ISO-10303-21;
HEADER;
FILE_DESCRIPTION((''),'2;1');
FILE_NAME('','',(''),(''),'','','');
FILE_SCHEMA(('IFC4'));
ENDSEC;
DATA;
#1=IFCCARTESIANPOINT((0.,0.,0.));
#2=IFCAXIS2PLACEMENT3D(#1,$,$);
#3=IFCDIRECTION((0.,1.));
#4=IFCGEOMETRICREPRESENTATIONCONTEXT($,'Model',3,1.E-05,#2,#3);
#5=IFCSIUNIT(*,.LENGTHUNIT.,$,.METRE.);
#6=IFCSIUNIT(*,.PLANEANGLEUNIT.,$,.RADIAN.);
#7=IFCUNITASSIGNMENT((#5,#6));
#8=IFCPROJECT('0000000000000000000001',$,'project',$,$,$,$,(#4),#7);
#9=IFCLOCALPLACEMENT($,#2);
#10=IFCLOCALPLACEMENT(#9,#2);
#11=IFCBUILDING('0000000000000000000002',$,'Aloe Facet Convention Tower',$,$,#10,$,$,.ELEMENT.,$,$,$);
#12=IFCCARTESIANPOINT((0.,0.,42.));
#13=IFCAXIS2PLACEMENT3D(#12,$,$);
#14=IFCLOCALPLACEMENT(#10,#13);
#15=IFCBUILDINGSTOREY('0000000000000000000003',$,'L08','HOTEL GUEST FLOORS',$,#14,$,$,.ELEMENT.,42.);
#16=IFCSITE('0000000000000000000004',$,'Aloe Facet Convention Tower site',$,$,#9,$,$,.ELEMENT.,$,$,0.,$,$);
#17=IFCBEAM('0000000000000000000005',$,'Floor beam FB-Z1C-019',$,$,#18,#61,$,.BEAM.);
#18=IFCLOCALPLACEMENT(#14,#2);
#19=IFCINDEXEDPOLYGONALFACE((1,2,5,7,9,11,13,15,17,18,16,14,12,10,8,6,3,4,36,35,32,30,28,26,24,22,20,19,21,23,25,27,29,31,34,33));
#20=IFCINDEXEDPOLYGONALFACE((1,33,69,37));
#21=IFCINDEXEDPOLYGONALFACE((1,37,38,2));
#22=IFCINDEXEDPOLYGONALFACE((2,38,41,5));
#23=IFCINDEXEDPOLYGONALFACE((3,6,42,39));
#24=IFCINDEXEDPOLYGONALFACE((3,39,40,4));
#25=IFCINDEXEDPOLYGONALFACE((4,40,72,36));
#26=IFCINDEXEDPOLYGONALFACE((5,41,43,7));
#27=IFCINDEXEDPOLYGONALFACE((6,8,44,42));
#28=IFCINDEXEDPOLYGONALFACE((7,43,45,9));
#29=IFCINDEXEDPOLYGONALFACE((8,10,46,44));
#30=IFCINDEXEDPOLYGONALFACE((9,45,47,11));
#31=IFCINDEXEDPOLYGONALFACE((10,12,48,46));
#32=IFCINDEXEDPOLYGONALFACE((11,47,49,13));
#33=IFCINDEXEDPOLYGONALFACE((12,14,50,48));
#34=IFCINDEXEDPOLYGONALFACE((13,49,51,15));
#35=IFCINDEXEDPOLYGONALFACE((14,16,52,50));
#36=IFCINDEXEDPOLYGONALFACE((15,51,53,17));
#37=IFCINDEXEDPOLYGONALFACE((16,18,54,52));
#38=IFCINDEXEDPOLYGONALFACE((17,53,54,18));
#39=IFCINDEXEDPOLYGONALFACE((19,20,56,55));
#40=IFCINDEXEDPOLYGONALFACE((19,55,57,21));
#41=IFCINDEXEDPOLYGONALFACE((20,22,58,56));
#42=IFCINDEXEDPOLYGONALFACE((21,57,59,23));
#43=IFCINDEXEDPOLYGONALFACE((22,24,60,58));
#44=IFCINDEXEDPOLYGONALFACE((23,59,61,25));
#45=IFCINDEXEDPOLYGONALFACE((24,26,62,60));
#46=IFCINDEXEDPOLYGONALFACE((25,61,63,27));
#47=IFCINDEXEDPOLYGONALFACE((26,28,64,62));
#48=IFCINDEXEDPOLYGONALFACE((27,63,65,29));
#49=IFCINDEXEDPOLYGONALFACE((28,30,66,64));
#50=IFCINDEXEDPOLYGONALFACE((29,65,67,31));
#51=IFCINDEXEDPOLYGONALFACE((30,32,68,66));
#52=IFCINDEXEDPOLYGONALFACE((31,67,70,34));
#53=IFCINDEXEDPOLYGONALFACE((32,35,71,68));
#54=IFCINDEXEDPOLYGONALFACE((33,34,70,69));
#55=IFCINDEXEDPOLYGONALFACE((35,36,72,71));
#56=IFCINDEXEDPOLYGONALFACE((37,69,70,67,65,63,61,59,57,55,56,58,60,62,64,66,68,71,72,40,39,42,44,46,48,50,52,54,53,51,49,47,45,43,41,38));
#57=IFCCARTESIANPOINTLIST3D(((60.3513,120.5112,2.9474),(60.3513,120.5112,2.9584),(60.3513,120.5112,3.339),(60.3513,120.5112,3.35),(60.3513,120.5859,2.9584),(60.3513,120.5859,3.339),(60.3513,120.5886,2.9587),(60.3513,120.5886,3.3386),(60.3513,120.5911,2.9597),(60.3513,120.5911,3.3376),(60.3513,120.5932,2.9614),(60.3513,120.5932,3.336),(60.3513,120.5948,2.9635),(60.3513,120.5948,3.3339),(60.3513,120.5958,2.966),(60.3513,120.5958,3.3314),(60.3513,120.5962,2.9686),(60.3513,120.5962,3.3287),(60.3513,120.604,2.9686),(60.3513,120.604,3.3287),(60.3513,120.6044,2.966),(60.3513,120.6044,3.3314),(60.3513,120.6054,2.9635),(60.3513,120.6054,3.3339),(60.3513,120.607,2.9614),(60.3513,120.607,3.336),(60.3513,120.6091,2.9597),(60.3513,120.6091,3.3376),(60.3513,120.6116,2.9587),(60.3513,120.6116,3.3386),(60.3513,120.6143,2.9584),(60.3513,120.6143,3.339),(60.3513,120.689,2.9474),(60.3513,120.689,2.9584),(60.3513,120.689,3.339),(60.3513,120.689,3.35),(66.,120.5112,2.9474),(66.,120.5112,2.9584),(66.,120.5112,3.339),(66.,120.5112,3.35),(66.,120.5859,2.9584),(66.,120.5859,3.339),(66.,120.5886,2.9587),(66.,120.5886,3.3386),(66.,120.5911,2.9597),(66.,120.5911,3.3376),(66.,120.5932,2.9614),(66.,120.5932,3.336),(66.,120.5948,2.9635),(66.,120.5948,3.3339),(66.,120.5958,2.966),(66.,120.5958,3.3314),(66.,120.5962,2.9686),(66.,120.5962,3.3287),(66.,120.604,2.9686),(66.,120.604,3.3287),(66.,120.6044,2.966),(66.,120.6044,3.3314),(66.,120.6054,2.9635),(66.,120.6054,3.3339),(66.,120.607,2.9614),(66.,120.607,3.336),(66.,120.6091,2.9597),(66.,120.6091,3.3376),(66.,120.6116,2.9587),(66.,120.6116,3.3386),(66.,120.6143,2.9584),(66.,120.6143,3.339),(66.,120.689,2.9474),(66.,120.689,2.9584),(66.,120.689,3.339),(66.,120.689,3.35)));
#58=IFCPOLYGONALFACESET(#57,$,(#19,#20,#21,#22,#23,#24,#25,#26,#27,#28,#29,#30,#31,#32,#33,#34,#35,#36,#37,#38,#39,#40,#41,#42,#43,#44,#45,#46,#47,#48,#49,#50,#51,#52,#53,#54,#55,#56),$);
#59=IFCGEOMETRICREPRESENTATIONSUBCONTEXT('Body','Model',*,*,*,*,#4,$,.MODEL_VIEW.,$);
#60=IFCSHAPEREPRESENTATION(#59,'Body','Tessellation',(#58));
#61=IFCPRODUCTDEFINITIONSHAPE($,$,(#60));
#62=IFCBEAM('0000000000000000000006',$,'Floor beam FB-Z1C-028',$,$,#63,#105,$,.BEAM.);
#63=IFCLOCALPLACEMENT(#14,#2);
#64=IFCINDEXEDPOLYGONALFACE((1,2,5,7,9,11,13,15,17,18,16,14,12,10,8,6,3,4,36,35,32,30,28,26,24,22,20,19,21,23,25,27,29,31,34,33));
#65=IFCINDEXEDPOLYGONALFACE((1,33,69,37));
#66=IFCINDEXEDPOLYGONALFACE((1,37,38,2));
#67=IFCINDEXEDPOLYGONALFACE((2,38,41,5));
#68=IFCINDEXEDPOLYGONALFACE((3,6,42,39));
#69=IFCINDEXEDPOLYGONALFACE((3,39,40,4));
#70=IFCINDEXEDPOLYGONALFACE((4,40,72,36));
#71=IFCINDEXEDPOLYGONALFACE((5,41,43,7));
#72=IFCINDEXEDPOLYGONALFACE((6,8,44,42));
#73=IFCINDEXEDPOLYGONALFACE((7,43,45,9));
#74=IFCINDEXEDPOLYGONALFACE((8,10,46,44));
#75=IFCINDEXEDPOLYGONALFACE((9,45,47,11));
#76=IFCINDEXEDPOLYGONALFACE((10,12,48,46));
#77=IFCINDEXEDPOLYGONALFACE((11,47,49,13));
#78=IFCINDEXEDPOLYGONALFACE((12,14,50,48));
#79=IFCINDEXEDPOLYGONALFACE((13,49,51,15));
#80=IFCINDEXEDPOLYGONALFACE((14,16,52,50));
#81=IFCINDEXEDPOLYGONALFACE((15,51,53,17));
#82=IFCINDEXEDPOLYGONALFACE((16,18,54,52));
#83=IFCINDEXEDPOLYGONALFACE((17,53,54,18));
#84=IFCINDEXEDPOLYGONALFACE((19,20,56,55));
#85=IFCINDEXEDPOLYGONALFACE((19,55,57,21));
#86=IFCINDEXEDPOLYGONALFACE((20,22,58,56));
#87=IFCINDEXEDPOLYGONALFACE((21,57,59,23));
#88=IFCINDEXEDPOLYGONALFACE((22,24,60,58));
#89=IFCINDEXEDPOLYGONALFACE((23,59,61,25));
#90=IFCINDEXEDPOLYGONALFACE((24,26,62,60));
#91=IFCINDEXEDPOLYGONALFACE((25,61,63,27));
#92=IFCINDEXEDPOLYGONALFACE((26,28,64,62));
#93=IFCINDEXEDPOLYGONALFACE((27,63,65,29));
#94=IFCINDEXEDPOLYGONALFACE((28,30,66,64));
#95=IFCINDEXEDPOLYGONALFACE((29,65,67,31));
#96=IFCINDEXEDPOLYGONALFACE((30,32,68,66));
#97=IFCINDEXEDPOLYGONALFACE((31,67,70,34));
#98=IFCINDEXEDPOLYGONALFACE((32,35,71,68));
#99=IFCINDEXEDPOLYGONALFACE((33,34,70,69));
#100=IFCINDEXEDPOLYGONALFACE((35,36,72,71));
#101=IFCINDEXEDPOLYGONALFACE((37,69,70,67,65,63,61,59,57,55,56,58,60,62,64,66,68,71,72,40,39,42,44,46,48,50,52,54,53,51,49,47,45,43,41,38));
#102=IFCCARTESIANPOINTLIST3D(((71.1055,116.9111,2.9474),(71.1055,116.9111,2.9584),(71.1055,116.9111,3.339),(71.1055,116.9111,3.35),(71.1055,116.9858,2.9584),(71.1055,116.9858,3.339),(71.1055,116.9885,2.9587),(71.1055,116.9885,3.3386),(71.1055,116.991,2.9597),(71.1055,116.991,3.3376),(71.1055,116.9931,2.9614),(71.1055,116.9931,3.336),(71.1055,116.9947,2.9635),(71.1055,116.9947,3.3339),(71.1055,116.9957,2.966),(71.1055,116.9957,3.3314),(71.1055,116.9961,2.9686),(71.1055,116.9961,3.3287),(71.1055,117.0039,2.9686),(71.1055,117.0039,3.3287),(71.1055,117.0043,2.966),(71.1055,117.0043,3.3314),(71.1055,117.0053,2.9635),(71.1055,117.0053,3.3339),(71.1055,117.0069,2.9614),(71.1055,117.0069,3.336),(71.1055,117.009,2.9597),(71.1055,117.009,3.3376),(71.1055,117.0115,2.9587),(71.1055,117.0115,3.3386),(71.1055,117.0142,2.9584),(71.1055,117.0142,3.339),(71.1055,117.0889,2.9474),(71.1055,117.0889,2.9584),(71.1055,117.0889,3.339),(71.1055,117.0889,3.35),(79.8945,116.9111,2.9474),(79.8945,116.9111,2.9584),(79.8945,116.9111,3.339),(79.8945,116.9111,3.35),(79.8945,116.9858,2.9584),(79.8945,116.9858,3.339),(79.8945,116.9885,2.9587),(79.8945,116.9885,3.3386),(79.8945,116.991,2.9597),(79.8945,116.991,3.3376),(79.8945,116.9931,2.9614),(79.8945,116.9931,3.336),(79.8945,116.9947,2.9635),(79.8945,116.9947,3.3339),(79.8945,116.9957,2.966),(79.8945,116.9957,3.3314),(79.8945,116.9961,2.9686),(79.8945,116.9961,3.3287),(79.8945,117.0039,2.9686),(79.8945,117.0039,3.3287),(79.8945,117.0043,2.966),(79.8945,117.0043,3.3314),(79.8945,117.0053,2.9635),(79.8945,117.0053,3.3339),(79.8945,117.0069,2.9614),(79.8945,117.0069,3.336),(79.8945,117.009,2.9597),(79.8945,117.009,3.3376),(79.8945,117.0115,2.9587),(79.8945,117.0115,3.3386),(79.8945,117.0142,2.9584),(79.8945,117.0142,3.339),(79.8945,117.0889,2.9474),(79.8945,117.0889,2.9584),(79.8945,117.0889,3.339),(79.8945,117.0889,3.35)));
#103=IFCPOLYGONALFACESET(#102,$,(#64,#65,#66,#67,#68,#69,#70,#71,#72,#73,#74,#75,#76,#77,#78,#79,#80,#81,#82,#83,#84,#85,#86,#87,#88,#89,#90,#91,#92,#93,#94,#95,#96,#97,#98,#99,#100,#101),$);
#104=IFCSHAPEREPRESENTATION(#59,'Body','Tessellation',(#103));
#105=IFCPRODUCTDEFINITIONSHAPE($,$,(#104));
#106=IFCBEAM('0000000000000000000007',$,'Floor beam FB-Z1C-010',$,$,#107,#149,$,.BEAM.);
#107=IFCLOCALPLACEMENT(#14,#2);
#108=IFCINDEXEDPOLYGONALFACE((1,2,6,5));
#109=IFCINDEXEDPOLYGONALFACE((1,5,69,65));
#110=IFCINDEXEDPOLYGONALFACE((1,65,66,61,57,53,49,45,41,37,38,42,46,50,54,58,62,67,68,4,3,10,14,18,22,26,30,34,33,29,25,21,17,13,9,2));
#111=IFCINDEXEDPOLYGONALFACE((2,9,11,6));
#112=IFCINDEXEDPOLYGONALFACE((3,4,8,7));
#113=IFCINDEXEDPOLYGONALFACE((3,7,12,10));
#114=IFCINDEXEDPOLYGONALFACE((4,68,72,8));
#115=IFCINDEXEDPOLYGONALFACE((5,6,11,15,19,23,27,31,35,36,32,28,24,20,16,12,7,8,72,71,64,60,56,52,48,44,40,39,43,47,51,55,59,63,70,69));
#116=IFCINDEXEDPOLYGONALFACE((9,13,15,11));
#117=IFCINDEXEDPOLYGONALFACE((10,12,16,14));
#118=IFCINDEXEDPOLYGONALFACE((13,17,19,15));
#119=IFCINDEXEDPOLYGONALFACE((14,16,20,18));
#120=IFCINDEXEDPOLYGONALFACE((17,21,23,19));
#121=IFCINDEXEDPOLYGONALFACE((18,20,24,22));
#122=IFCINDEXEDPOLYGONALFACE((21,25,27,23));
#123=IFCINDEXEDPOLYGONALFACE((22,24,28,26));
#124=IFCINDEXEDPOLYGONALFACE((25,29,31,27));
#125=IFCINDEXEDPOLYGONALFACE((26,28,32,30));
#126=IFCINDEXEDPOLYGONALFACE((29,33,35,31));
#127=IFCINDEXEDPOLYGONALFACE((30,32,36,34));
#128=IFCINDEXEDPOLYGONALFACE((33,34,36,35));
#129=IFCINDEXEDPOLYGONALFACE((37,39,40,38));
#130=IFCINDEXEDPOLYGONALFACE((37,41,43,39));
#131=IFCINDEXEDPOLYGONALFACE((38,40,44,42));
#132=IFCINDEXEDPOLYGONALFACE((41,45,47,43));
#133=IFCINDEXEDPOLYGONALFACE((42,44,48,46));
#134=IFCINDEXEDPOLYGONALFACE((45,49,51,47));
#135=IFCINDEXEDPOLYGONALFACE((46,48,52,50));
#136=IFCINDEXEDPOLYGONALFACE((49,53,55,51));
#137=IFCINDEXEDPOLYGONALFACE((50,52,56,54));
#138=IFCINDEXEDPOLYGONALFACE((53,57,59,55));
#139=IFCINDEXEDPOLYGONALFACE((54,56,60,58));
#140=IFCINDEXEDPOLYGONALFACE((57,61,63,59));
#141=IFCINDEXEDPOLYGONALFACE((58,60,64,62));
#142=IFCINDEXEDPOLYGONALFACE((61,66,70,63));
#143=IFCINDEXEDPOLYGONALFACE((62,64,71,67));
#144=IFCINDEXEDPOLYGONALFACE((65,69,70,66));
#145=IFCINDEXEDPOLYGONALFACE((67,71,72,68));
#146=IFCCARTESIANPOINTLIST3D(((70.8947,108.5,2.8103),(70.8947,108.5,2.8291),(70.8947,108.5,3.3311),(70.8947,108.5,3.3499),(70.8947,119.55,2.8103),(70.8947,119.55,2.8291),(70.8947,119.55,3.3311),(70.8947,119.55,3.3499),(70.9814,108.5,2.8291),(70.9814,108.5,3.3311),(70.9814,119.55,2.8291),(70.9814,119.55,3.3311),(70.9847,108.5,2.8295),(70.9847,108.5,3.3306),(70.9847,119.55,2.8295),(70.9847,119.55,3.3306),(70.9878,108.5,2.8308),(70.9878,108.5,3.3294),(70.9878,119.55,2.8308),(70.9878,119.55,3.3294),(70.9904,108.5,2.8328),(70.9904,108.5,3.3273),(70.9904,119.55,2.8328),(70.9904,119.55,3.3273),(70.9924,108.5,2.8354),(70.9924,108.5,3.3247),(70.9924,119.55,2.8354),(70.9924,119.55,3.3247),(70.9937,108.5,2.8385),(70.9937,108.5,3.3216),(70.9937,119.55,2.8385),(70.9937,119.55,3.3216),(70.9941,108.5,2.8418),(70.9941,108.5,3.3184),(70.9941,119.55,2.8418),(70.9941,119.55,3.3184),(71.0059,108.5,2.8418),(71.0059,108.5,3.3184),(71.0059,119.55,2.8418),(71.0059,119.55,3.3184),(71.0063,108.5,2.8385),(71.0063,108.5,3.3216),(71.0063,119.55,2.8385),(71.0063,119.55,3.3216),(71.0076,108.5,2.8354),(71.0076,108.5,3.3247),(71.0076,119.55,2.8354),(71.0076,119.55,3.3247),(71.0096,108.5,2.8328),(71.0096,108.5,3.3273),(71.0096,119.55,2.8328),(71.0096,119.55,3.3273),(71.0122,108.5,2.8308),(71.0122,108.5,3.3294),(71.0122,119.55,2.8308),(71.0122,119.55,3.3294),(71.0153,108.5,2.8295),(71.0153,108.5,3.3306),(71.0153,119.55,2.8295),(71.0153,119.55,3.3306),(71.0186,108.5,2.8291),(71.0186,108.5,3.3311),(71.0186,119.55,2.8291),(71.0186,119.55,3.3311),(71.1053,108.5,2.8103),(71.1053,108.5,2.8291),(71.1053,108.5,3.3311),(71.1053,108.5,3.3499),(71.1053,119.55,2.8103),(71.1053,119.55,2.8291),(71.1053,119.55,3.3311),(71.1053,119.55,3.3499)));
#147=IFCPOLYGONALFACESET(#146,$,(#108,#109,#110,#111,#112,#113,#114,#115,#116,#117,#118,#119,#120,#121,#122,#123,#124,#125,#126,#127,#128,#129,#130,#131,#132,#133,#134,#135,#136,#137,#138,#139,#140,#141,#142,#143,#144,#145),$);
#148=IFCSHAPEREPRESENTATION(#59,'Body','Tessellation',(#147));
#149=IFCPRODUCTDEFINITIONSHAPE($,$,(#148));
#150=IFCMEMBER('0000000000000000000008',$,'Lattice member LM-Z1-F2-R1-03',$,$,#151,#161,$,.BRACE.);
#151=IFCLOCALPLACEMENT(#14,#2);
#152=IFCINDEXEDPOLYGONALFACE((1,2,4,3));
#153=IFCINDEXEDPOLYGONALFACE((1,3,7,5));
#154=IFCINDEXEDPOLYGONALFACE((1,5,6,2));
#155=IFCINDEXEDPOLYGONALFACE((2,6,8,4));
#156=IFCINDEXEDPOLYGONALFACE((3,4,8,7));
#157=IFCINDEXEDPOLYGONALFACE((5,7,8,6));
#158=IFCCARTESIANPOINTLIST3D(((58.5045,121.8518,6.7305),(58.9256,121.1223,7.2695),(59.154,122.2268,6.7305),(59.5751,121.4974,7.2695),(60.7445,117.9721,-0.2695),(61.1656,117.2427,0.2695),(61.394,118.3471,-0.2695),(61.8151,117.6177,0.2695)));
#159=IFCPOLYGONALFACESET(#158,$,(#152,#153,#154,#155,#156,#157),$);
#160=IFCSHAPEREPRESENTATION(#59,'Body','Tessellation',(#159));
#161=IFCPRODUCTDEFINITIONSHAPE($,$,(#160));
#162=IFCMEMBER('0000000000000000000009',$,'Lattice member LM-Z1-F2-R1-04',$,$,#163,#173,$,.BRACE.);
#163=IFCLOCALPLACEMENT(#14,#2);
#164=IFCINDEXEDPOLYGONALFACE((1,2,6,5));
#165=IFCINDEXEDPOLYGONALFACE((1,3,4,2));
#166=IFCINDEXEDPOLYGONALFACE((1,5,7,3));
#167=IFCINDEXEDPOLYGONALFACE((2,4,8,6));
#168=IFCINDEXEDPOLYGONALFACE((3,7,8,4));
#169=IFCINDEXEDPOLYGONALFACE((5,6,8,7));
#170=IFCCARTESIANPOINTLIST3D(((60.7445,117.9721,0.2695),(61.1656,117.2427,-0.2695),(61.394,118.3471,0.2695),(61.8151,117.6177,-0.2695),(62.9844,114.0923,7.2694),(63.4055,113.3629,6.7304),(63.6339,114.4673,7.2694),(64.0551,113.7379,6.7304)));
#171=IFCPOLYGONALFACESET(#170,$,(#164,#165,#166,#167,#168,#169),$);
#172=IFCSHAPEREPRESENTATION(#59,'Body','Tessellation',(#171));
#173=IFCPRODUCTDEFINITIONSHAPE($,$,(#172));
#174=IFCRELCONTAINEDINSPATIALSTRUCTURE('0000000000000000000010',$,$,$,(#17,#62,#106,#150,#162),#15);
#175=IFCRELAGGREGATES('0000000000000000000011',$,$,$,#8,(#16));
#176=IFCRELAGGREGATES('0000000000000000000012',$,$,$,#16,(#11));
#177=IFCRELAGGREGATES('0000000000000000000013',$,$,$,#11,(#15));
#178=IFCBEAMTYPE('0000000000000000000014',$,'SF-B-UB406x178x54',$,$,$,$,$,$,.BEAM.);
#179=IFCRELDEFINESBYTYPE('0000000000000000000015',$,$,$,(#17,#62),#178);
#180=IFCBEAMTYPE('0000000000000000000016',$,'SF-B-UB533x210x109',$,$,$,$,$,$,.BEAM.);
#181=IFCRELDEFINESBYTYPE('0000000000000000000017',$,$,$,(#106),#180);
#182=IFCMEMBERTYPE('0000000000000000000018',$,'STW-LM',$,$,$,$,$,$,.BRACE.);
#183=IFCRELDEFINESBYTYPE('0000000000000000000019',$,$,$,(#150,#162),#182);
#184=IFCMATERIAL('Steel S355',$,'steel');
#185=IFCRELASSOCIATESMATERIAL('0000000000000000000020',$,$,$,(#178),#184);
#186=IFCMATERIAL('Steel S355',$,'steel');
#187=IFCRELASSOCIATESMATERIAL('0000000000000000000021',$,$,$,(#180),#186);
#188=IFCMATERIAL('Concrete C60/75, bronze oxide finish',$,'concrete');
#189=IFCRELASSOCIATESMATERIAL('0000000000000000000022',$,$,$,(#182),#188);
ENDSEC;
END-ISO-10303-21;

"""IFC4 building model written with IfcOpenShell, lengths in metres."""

from ifc_helpers import new_model, si_unit, direction, frame, origin, origin_2d, place, context, subcontext, project, spatial, rectangle, i_section, extrude, material, material_profile, profile_set, type_object, element, save


model = new_model("IFC4")

# Units and contexts
model_context = context("Model", 3, precision=1e-05, world=origin(), true_north=direction((0.0, 1.0)))
body_context = subcontext(model_context, "Body", "Model", "MODEL_VIEW")
ifc_project = project(units=[si_unit("LENGTHUNIT", "METRE"), si_unit("PLANEANGLEUNIT", "RADIAN")], contexts=[model_context])

# Site, building, storey
site_placement = place(None, origin())
site = spatial("IfcSite", under=ifc_project, at=site_placement, Name="Aloe Facet Convention Tower site", CompositionType="ELEMENT", RefElevation=0.0)
building_placement = place(site_placement, origin())
building = spatial("IfcBuilding", under=site, at=building_placement, Name="Aloe Facet Convention Tower", CompositionType="ELEMENT")
storey_placement = place(building_placement, frame((0.0, 0.0, 42.0)))
storey = spatial("IfcBuildingStorey", under=building, at=storey_placement, Name="L08", Description="HOTEL GUEST FLOORS", CompositionType="ELEMENT", Elevation=42.0)

# Beams
ifc_material_1 = material(Name="Steel S355", Category="steel")
ifc_material_profile_1 = material_profile(ifc_material_1, i_section(OverallWidth=0.1777, OverallDepth=0.4026, WebThickness=0.0078, FlangeThickness=0.011, FilletRadius=0.0103, at=origin_2d()), Name="UB 406x178x54")
ifc_profile_set_1 = profile_set([ifc_material_profile_1], Name="Steel S355")
beam_type_1 = type_object("IfcBeamType", Name="SF-B-UB406x178x54", PredefinedType="BEAM", material=ifc_profile_set_1)
beam_1_placement = place(storey_placement, frame((60.3513, 120.6001, 3.1487), z_axis=(1.0, 0.0, 0.0), x_axis=(0.0, 1.0, 0.0)))
element("IfcBeam", 1, at=beam_1_placement, inside=storey, type_object=beam_type_1, Name="Floor beam FB-Z1C-019", PredefinedType="BEAM", context=body_context, shape_type="SweptSolid", body=[
    extrude(i_section(OverallWidth=0.1777, OverallDepth=0.4026, WebThickness=0.0078, FlangeThickness=0.011, FilletRadius=0.0103, at=origin_2d()), origin(), (0.0, 0.0, 1.0), 5.6487),
])
beam_2_placement = place(storey_placement, frame((71.1055, 117.0, 3.1487), z_axis=(1.0, 0.0, 0.0), x_axis=(0.0, 1.0, 0.0)))
element("IfcBeam", 2, at=beam_2_placement, inside=storey, type_object=beam_type_1, Name="Floor beam FB-Z1C-028", PredefinedType="BEAM", context=body_context, shape_type="SweptSolid", body=[
    extrude(i_section(OverallWidth=0.1777, OverallDepth=0.4026, WebThickness=0.0078, FlangeThickness=0.011, FilletRadius=0.0103, at=origin_2d()), origin(), (0.0, 0.0, 1.0), 8.7891),
])
ifc_material_2 = material(Name="Steel S355", Category="steel")
ifc_material_profile_2 = material_profile(ifc_material_2, i_section(OverallWidth=0.2107, OverallDepth=0.5396, WebThickness=0.0117, FlangeThickness=0.0188, FilletRadius=0.0127, at=origin_2d()), Name="UB 533x210x109")
ifc_profile_set_2 = profile_set([ifc_material_profile_2], Name="Steel S355")
beam_type_2 = type_object("IfcBeamType", Name="SF-B-UB533x210x109", PredefinedType="BEAM", material=ifc_profile_set_2)
beam_3_placement = place(storey_placement, frame((71.0, 119.55, 3.0801), z_axis=(0.0, -1.0, 0.0), x_axis=(1.0, 0.0, 0.0)))
element("IfcBeam", 3, at=beam_3_placement, inside=storey, type_object=beam_type_2, Name="Floor beam FB-Z1C-010", PredefinedType="BEAM", context=body_context, shape_type="SweptSolid", body=[
    extrude(i_section(OverallWidth=0.2107, OverallDepth=0.5396, WebThickness=0.0117, FlangeThickness=0.0188, FilletRadius=0.0127, at=origin_2d()), origin(), (0.0, 0.0, 1.0), 11.05),
])

# Members
ifc_material_3 = material(Name="Concrete C60/75, bronze oxide finish", Category="concrete")
ifc_material_profile_3 = material_profile(ifc_material_3, rectangle(XDim=0.75, YDim=1.0, at=origin_2d()), Name="STW-LM")
ifc_profile_set_3 = profile_set([ifc_material_profile_3], Name="Concrete C60/75, bronze oxide finish")
member_type = type_object("IfcMemberType", Name="STW-LM", PredefinedType="BRACE", material=ifc_profile_set_3)
for number, where, z_axis, x_axis, name in (
    (4, (61.2798, 117.7949, 0.0), (-0.269528, 0.46682, 0.842279), (-0.866018, -0.500013, 0.0), "Lattice member LM-Z1-F2-R1-03"),
    (5, (61.2798, 117.7949, 0.0), (0.269524, -0.466843, 0.842267), (0.866031, 0.49999, 0.0), "Lattice member LM-Z1-F2-R1-04"),
):
    element("IfcMember", number, at=place(storey_placement, frame(where, z_axis=z_axis, x_axis=x_axis)), inside=storey, type_object=member_type, Name=name, PredefinedType="BRACE", context=body_context, shape_type="SweptSolid", body=[
        extrude(rectangle(XDim=0.75, YDim=1.0, at=origin_2d()), origin(), (0.0, 0.0, 1.0), 8.3108),
    ])

save(model, "model.ifc")
